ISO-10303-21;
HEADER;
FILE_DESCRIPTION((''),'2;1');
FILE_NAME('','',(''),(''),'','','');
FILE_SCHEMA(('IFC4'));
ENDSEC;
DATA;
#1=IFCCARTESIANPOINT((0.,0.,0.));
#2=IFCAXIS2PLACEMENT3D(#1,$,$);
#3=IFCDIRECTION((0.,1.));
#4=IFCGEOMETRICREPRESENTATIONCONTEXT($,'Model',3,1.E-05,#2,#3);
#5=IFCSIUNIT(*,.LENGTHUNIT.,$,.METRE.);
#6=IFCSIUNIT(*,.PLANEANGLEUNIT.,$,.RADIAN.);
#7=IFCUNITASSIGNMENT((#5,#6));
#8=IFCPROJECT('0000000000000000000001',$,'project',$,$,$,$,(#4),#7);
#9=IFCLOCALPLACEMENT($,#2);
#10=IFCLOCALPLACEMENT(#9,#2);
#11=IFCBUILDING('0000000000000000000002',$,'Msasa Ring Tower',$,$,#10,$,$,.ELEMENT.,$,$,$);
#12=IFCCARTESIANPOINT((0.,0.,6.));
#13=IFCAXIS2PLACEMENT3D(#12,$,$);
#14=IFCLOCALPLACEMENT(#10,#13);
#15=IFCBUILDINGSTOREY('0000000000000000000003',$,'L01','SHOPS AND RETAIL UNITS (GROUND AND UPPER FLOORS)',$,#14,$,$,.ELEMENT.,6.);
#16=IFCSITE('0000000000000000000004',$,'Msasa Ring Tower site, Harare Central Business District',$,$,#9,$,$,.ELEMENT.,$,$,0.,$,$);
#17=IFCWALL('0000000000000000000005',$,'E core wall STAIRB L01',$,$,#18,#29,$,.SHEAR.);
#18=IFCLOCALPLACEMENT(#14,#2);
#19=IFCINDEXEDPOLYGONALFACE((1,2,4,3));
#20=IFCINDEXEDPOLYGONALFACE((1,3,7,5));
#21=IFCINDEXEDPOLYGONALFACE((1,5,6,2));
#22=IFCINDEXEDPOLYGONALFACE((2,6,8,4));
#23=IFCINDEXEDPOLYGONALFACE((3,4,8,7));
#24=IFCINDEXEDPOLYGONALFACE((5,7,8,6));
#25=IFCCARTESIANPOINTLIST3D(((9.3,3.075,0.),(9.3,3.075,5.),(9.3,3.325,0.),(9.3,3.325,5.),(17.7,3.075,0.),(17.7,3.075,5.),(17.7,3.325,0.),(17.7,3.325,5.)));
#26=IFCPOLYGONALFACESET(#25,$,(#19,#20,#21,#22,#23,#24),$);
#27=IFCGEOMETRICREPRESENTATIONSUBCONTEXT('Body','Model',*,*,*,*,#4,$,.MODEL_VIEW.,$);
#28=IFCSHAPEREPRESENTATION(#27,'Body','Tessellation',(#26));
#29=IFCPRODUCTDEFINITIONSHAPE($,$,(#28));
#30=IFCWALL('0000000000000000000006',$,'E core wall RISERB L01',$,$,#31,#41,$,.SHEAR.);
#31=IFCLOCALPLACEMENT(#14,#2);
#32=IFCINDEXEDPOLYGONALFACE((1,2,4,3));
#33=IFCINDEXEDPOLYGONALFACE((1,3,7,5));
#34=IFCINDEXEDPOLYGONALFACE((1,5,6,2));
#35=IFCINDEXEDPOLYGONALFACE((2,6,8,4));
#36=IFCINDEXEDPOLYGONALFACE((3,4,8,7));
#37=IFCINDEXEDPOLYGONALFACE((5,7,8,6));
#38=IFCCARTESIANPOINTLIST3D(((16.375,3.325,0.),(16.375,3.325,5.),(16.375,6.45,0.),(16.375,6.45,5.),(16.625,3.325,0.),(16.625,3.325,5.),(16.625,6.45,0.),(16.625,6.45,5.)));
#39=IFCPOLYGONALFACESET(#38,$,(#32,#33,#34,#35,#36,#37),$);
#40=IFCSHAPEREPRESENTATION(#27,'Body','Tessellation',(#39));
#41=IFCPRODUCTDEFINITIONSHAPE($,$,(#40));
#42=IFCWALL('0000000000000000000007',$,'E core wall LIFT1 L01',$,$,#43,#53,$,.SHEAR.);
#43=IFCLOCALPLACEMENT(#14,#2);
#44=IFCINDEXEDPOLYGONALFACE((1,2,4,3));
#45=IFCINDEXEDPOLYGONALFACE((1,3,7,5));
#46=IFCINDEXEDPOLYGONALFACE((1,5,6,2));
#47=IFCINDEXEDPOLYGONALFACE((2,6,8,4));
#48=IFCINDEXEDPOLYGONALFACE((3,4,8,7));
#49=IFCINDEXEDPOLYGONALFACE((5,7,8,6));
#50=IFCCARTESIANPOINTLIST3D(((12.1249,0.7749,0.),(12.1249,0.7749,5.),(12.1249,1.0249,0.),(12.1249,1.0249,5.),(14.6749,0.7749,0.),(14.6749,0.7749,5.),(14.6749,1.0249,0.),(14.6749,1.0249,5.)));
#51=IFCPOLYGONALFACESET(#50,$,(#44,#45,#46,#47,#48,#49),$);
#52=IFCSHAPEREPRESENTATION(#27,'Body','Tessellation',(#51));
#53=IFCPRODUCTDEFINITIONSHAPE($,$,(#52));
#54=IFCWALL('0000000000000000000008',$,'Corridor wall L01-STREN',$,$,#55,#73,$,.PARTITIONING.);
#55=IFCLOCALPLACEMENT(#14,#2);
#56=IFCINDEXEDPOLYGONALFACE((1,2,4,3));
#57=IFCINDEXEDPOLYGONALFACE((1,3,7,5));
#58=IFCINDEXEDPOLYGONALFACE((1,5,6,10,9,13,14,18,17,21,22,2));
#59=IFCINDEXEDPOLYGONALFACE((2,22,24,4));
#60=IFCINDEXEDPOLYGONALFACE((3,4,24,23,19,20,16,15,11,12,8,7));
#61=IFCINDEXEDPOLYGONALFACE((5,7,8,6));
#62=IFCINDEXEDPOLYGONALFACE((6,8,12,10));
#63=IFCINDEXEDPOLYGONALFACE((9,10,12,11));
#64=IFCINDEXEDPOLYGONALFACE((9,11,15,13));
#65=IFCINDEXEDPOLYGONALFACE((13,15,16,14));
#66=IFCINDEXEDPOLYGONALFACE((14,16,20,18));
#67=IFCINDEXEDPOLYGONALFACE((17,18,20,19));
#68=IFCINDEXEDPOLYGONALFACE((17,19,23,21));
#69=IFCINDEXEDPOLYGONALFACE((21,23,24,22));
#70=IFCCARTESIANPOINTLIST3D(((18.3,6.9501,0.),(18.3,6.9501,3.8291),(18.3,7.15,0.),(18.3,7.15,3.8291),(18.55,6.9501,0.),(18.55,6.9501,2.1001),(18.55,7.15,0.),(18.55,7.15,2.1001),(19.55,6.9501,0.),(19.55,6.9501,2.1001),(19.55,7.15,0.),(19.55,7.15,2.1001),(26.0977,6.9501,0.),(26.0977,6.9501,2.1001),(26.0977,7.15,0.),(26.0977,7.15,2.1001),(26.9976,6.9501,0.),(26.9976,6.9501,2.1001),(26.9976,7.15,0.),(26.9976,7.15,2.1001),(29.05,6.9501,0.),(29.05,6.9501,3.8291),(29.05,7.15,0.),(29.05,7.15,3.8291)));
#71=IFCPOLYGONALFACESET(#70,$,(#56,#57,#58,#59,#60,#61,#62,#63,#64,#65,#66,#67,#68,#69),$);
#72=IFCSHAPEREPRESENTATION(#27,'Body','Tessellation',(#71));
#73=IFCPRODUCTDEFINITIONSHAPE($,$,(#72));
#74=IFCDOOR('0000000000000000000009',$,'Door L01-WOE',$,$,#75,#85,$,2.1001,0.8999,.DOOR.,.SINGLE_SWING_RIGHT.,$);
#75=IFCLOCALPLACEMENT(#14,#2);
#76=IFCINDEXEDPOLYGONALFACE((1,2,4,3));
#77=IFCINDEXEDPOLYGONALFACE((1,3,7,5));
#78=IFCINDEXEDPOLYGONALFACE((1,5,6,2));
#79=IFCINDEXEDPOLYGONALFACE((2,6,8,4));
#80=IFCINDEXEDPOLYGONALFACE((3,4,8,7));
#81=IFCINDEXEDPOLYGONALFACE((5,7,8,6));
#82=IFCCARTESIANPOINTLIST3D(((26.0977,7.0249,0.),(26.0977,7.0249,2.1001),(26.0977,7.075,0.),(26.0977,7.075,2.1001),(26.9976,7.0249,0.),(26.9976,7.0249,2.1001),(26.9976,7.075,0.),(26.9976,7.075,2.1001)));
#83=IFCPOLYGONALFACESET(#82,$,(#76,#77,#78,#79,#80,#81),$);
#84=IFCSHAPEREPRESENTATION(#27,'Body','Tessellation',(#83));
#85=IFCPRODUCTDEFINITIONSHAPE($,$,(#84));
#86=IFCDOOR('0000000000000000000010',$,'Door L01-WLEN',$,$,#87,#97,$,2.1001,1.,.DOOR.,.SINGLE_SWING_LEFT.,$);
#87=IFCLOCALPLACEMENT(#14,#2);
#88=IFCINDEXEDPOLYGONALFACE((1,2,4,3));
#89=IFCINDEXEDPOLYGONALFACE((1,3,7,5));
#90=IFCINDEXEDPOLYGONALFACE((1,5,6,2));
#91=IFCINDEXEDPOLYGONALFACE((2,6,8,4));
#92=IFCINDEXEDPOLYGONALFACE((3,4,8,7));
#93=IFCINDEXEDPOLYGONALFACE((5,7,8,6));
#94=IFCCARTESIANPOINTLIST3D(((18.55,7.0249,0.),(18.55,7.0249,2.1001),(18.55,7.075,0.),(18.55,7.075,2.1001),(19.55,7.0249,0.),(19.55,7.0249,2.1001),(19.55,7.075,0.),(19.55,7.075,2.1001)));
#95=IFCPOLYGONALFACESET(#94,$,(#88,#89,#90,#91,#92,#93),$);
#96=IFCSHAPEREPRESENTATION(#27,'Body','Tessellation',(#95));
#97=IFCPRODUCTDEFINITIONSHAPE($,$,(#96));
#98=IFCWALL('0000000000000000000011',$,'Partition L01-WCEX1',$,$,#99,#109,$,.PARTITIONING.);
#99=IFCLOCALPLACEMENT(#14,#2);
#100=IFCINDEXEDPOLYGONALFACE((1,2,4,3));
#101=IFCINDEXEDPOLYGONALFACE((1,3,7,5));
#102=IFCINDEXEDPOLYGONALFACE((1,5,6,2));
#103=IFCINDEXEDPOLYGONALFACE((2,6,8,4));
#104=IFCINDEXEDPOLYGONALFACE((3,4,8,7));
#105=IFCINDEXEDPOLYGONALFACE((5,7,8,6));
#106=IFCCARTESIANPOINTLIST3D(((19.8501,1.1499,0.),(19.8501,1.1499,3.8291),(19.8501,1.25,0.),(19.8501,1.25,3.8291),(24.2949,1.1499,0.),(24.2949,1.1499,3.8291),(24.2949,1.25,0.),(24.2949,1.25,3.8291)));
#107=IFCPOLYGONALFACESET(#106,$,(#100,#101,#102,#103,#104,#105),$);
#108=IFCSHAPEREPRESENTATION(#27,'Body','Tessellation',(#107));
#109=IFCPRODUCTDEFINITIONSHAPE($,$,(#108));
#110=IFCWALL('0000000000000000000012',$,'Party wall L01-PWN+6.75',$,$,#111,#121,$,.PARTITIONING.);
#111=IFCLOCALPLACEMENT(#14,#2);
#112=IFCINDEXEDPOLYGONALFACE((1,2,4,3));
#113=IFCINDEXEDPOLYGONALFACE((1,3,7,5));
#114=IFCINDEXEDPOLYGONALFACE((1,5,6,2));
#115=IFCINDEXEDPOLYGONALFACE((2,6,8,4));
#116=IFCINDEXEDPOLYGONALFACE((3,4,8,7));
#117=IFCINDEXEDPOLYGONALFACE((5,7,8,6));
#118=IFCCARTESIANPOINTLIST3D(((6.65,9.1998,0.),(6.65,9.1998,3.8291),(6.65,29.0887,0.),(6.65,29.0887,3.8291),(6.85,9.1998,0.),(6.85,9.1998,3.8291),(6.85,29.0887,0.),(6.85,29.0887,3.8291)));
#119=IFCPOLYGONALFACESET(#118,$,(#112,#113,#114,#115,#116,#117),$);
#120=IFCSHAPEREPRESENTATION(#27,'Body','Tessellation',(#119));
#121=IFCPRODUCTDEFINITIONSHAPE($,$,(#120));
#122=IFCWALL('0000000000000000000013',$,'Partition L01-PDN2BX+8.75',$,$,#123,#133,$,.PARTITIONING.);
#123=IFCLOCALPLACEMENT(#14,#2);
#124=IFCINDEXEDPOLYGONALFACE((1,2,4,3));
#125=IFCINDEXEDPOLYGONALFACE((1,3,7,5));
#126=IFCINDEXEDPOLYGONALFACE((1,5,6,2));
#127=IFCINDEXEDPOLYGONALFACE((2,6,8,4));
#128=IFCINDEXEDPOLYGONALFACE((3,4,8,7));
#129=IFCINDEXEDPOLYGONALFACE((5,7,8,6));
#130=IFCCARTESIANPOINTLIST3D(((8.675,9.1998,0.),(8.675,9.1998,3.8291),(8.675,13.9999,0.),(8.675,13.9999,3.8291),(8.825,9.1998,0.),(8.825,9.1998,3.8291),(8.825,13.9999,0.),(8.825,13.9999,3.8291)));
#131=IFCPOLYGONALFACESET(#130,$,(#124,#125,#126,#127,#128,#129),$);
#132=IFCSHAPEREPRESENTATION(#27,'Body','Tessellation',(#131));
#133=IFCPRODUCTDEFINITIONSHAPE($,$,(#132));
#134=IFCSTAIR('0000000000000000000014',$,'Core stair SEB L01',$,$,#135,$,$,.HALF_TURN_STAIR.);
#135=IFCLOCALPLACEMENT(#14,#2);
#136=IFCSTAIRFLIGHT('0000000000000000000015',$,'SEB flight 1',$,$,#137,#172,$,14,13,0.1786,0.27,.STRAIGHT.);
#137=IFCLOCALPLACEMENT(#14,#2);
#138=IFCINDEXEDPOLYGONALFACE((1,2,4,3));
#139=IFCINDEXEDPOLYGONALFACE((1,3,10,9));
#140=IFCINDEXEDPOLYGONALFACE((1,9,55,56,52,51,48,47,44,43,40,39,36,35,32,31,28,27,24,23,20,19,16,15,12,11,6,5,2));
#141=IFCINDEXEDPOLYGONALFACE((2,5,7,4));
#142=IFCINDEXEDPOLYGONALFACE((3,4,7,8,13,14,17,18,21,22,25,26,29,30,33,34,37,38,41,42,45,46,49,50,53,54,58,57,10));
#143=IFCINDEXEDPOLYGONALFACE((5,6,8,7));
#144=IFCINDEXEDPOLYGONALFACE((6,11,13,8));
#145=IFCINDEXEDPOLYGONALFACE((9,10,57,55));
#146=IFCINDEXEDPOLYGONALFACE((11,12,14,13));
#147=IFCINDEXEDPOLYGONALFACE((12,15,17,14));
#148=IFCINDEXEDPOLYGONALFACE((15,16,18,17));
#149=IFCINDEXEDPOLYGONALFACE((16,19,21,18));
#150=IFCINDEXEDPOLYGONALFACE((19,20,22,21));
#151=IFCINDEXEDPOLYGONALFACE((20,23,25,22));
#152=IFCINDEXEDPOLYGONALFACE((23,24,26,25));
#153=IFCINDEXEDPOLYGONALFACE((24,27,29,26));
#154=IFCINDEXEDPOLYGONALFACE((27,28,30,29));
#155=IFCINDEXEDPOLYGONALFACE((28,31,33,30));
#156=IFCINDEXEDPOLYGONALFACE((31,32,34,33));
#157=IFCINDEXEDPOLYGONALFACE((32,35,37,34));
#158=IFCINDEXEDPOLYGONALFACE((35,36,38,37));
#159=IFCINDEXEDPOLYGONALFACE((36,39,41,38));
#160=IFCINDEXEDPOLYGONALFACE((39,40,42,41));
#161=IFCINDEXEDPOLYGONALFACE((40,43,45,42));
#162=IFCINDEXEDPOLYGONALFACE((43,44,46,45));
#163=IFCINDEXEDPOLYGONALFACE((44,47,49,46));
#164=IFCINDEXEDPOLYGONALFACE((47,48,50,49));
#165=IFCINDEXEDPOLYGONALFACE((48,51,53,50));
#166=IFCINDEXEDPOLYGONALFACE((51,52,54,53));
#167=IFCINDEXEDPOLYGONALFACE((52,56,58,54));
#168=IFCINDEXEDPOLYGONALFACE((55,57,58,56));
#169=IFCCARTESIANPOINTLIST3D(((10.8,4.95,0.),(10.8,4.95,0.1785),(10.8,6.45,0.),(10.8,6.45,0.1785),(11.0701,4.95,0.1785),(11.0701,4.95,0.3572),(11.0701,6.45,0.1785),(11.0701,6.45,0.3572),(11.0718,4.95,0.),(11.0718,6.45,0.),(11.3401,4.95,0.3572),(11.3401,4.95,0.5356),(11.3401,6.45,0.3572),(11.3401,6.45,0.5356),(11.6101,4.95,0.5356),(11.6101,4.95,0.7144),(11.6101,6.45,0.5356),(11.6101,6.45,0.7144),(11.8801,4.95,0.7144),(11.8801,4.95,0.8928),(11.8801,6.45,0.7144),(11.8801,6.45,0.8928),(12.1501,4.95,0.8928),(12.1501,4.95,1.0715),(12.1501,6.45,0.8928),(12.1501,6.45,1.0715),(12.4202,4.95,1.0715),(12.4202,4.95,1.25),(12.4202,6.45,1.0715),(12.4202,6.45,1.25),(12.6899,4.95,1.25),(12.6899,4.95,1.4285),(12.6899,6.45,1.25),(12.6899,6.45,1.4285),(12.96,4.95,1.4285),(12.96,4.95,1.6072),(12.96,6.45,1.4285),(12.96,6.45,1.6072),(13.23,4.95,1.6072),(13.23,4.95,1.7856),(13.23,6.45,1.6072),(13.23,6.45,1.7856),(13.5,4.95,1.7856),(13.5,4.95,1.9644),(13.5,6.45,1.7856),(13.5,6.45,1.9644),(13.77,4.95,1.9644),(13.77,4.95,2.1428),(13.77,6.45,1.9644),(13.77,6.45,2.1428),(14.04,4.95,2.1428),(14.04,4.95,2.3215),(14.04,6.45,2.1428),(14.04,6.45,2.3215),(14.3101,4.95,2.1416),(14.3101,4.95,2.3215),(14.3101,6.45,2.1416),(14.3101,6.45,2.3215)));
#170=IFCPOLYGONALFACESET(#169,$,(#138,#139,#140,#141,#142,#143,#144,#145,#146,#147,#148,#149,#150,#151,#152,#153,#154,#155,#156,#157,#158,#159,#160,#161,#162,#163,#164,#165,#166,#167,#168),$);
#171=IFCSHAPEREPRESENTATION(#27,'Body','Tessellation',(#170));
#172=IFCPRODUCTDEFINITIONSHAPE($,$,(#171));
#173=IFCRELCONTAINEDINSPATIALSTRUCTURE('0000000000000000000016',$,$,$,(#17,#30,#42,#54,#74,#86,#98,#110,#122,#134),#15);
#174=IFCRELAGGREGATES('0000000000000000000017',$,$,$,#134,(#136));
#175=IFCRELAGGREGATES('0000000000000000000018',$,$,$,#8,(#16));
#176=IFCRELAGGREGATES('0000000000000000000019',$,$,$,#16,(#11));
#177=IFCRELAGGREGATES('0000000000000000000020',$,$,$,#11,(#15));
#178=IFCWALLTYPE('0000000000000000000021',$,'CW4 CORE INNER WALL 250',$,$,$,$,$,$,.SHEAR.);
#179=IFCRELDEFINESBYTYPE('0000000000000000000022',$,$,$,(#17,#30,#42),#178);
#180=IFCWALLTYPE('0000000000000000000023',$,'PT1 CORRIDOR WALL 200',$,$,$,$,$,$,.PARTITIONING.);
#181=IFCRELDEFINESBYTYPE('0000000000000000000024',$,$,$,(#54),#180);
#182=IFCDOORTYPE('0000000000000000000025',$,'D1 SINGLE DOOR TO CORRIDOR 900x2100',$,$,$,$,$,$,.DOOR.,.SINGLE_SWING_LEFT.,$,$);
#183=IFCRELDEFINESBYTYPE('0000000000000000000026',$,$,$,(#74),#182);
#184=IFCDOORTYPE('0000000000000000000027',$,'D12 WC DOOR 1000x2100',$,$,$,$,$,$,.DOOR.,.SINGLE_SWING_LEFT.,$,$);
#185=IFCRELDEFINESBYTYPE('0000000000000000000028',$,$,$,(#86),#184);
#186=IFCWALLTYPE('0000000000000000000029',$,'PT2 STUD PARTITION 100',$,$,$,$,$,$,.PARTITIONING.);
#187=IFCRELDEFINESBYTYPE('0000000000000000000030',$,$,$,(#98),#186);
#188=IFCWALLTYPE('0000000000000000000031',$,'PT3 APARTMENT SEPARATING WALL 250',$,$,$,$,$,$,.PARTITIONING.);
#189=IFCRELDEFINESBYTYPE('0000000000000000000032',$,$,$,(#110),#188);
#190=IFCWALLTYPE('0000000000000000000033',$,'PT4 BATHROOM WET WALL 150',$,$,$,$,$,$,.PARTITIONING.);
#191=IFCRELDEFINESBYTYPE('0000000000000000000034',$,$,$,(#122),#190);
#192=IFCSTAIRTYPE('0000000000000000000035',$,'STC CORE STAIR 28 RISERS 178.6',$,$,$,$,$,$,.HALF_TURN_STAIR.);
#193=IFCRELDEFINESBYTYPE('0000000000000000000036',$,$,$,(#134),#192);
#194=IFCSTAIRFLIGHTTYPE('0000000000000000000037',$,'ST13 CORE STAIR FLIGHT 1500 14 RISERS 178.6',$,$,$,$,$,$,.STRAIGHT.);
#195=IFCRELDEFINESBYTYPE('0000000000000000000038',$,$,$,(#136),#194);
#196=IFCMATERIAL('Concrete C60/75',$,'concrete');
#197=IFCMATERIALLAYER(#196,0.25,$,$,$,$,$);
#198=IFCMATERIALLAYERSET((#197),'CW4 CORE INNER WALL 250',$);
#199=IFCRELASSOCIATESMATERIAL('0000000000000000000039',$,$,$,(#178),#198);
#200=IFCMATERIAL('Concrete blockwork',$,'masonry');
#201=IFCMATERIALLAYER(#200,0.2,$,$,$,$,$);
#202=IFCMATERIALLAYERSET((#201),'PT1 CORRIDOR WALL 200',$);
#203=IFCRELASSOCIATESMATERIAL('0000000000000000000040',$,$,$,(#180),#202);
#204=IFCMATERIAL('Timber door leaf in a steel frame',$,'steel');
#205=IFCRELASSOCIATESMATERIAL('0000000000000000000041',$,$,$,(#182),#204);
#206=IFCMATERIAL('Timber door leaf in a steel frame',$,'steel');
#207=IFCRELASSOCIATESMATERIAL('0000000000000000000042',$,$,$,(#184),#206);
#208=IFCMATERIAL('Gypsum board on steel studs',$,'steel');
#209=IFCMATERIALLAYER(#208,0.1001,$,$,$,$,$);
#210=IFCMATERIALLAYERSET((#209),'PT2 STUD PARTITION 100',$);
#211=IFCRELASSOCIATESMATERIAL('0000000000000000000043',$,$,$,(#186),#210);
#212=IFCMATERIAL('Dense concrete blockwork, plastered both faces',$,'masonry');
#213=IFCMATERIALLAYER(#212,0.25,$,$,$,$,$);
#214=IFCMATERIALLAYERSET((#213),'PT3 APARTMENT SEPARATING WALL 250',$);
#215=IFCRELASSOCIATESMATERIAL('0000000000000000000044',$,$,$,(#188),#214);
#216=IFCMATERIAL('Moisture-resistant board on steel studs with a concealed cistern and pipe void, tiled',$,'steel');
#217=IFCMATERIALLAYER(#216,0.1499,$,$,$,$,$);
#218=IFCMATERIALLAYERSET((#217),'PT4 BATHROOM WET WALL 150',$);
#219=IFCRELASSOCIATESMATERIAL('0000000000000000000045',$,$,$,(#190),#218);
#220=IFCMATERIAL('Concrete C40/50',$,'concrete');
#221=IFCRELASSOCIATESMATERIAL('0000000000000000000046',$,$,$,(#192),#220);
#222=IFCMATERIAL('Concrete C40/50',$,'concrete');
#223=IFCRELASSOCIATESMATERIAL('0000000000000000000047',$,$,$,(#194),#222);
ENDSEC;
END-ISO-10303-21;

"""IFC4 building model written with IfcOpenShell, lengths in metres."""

from ifc_helpers import new_model, si_unit, direction, frame, frame_2d, origin, place, context, subcontext, project, spatial, polyline, rectangle, outline, extrude, material, layer, layer_set, type_object, element, fill, aggregate, save


model = new_model("IFC4")

# Units and contexts
model_context = context("Model", 3, precision=1e-05, world=origin(), true_north=direction((0.0, 1.0)))
body_context = subcontext(model_context, "Body", "Model", "MODEL_VIEW")
ifc_project = project(units=[si_unit("LENGTHUNIT", "METRE"), si_unit("PLANEANGLEUNIT", "RADIAN")], contexts=[model_context])

# Site, building, storey
site_placement = place(None, origin())
site = spatial("IfcSite", under=ifc_project, at=site_placement, Name="Msasa Ring Tower site, Harare Central Business District", CompositionType="ELEMENT", RefElevation=0.0)
building_placement = place(site_placement, origin())
building = spatial("IfcBuilding", under=site, at=building_placement, Name="Msasa Ring Tower", CompositionType="ELEMENT")
storey_placement = place(building_placement, frame((0.0, 0.0, 6.0)))
storey = spatial("IfcBuildingStorey", under=building, at=storey_placement, Name="L01", Description="SHOPS AND RETAIL UNITS (GROUND AND UPPER FLOORS)", CompositionType="ELEMENT", Elevation=6.0)

# Walls
ifc_material_1 = material(Name="Concrete C60/75", Category="concrete")
ifc_layer_1 = layer(ifc_material_1, 0.25)
ifc_layer_set_1 = layer_set([ifc_layer_1], Name="CW4 CORE INNER WALL 250")
wall_type_1 = type_object("IfcWallType", Name="CW4 CORE INNER WALL 250", PredefinedType="SHEAR", material=ifc_layer_set_1)
wall_1_placement = place(storey_placement, frame((9.3, 3.2, 0.0), z_axis=(0.0, 0.0, 1.0), x_axis=(1.0, 0.0, 0.0)))
element("IfcWall", 1, at=wall_1_placement, inside=storey, type_object=wall_type_1, Name="E core wall STAIRB L01", PredefinedType="SHEAR", context=body_context, shape_type="SweptSolid", body=[
    extrude(rectangle(XDim=8.3999, YDim=0.25, at=frame_2d((4.2, 0.0))), origin(), (0.0, 0.0, 1.0), 5.0),
])
wall_2_placement = place(storey_placement, frame((16.5, 3.325, 0.0), z_axis=(0.0, 0.0, 1.0), x_axis=(0.0, 1.0, 0.0)))
element("IfcWall", 2, at=wall_2_placement, inside=storey, type_object=wall_type_1, Name="E core wall RISERB L01", PredefinedType="SHEAR", context=body_context, shape_type="SweptSolid", body=[
    extrude(rectangle(XDim=3.125, YDim=0.25, at=frame_2d((1.5625, 0.0))), origin(), (0.0, 0.0, 1.0), 5.0),
])
wall_3_placement = place(storey_placement, frame((12.125, 0.8999, 0.0), z_axis=(0.0, 0.0, 1.0), x_axis=(1.0, 0.0, 0.0)))
element("IfcWall", 3, at=wall_3_placement, inside=storey, type_object=wall_type_1, Name="E core wall LIFT1 L01", PredefinedType="SHEAR", context=body_context, shape_type="SweptSolid", body=[
    extrude(rectangle(XDim=2.55, YDim=0.25, at=frame_2d((1.2749, 0.0))), origin(), (0.0, 0.0, 1.0), 5.0),
])

# Wall, openings, doors
ifc_material_2 = material(Name="Concrete blockwork", Category="masonry")
ifc_layer_2 = layer(ifc_material_2, 0.2)
ifc_layer_set_2 = layer_set([ifc_layer_2], Name="PT1 CORRIDOR WALL 200")
wall_type_2 = type_object("IfcWallType", Name="PT1 CORRIDOR WALL 200", PredefinedType="PARTITIONING", material=ifc_layer_set_2)
wall_4_placement = place(storey_placement, frame((18.3, 7.05, 0.0), z_axis=(0.0, 0.0, 1.0), x_axis=(1.0, 0.0, 0.0)))
wall_4 = element("IfcWall", 4, at=wall_4_placement, inside=storey, type_object=wall_type_2, Name="Corridor wall L01-STREN", PredefinedType="PARTITIONING", context=body_context, shape_type="SweptSolid", body=[
    extrude(rectangle(XDim=10.75, YDim=0.2, at=frame_2d((5.375, 0.0))), origin(), (0.0, 0.0, 1.0), 3.8291),
])
opening_1_placement = place(wall_4_placement, frame((7.7976, 0.0, 0.0)))
opening_1 = element("IfcOpeningElement", 5, at=opening_1_placement, cuts=wall_4, PredefinedType="OPENING", context=body_context, shape_type="SweptSolid", body=[
    extrude(rectangle(XDim=0.8999, YDim=2.1001, at=frame_2d((0.45, 1.05))), frame((0.0, 0.1099, 0.0), z_axis=(0.0, -1.0, 0.0), x_axis=(1.0, 0.0, 0.0)), (0.0, 0.0, 1.0), 0.22),
])
opening_2_placement = place(wall_4_placement, frame((0.25, 0.0, 0.0)))
opening_2 = element("IfcOpeningElement", 6, at=opening_2_placement, cuts=wall_4, PredefinedType="OPENING", context=body_context, shape_type="SweptSolid", body=[
    extrude(rectangle(XDim=1.0, YDim=2.1001, at=frame_2d((0.5, 1.05))), frame((0.0, 0.1099, 0.0), z_axis=(0.0, -1.0, 0.0), x_axis=(1.0, 0.0, 0.0)), (0.0, 0.0, 1.0), 0.22),
])
ifc_material_3 = material(Name="Timber door leaf in a steel frame", Category="steel")
door_type_1 = type_object("IfcDoorType", Name="D1 SINGLE DOOR TO CORRIDOR 900x2100", OperationType="SINGLE_SWING_LEFT", PredefinedType="DOOR", material=ifc_material_3)
door_1_placement = place(opening_1_placement, origin())
door_1 = element("IfcDoor", 7, at=door_1_placement, inside=storey, type_object=door_type_1, Name="Door L01-WOE", OperationType="SINGLE_SWING_RIGHT", OverallHeight=2.1001, OverallWidth=0.8999, PredefinedType="DOOR", context=body_context, shape_type="SweptSolid", body=[
    extrude(rectangle(XDim=0.8999, YDim=2.1001, at=frame_2d((0.45, 1.05))), frame((0.0, 0.0249, 0.0), z_axis=(0.0, -1.0, 0.0), x_axis=(1.0, 0.0, 0.0)), (0.0, 0.0, 1.0), 0.05),
])
fill(opening_1, door_1)
ifc_material_4 = material(Name="Timber door leaf in a steel frame", Category="steel")
door_type_2 = type_object("IfcDoorType", Name="D12 WC DOOR 1000x2100", OperationType="SINGLE_SWING_LEFT", PredefinedType="DOOR", material=ifc_material_4)
door_2_placement = place(opening_2_placement, origin())
door_2 = element("IfcDoor", 8, at=door_2_placement, inside=storey, type_object=door_type_2, Name="Door L01-WLEN", OperationType="SINGLE_SWING_LEFT", OverallHeight=2.1001, OverallWidth=1.0, PredefinedType="DOOR", context=body_context, shape_type="SweptSolid", body=[
    extrude(rectangle(XDim=1.0, YDim=2.1001, at=frame_2d((0.5, 1.05))), frame((0.0, 0.0249, 0.0), z_axis=(0.0, -1.0, 0.0), x_axis=(1.0, 0.0, 0.0)), (0.0, 0.0, 1.0), 0.05),
])
fill(opening_2, door_2)

# Walls
ifc_material_5 = material(Name="Gypsum board on steel studs", Category="steel")
ifc_layer_3 = layer(ifc_material_5, 0.1001)
ifc_layer_set_3 = layer_set([ifc_layer_3], Name="PT2 STUD PARTITION 100")
wall_type_3 = type_object("IfcWallType", Name="PT2 STUD PARTITION 100", PredefinedType="PARTITIONING", material=ifc_layer_set_3)
wall_5_placement = place(storey_placement, frame((19.8501, 1.2, 0.0), z_axis=(0.0, 0.0, 1.0), x_axis=(1.0, 0.0, 0.0)))
element("IfcWall", 9, at=wall_5_placement, inside=storey, type_object=wall_type_3, Name="Partition L01-WCEX1", PredefinedType="PARTITIONING", context=body_context, shape_type="SweptSolid", body=[
    extrude(rectangle(XDim=4.4448, YDim=0.1001, at=frame_2d((2.2224, 0.0))), origin(), (0.0, 0.0, 1.0), 3.8291),
])
ifc_material_6 = material(Name="Dense concrete blockwork, plastered both faces", Category="masonry")
ifc_layer_4 = layer(ifc_material_6, 0.25)
ifc_layer_set_4 = layer_set([ifc_layer_4], Name="PT3 APARTMENT SEPARATING WALL 250")
wall_type_4 = type_object("IfcWallType", Name="PT3 APARTMENT SEPARATING WALL 250", PredefinedType="PARTITIONING", material=ifc_layer_set_4)
wall_6_placement = place(storey_placement, frame((6.75, 9.2, 0.0), z_axis=(0.0, 0.0, 1.0), x_axis=(0.0, 1.0, 0.0)))
element("IfcWall", 10, at=wall_6_placement, inside=storey, type_object=wall_type_4, Name="Party wall L01-PWN+6.75", PredefinedType="PARTITIONING", context=body_context, shape_type="SweptSolid", body=[
    extrude(rectangle(XDim=19.8889, YDim=0.2, at=frame_2d((9.9443, 0.0))), origin(), (0.0, 0.0, 1.0), 3.8291),
])
ifc_material_7 = material(Name="Moisture-resistant board on steel studs with a concealed cistern and pipe void, tiled", Category="steel")
ifc_layer_5 = layer(ifc_material_7, 0.1499)
ifc_layer_set_5 = layer_set([ifc_layer_5], Name="PT4 BATHROOM WET WALL 150")
wall_type_5 = type_object("IfcWallType", Name="PT4 BATHROOM WET WALL 150", PredefinedType="PARTITIONING", material=ifc_layer_set_5)
wall_7_placement = place(storey_placement, frame((8.75, 9.2, 0.0), z_axis=(0.0, 0.0, 1.0), x_axis=(0.0, 1.0, 0.0)))
element("IfcWall", 11, at=wall_7_placement, inside=storey, type_object=wall_type_5, Name="Partition L01-PDN2BX+8.75", PredefinedType="PARTITIONING", context=body_context, shape_type="SweptSolid", body=[
    extrude(rectangle(XDim=4.8, YDim=0.1499, at=frame_2d((2.3999, 0.0))), origin(), (0.0, 0.0, 1.0), 3.8291),
])

# Stair, stair flight
ifc_material_8 = material(Name="Concrete C40/50", Category="concrete")
stair_type = type_object("IfcStairType", Name="STC CORE STAIR 28 RISERS 178.6", PredefinedType="HALF_TURN_STAIR", material=ifc_material_8)
stair_placement = place(storey_placement, origin())
stair = element("IfcStair", 12, at=stair_placement, inside=storey, type_object=stair_type, Name="Core stair SEB L01", PredefinedType="HALF_TURN_STAIR")
ifc_material_9 = material(Name="Concrete C40/50", Category="concrete")
stair_flight_type = type_object("IfcStairFlightType", Name="ST13 CORE STAIR FLIGHT 1500 14 RISERS 178.6", PredefinedType="STRAIGHT", material=ifc_material_9)
stair_flight_1_placement = place(storey_placement, frame((10.8, 5.7, 0.0), z_axis=(0.0, 0.0, 1.0), x_axis=(1.0, 0.0, 0.0)))
stair_flight_1 = element("IfcStairFlight", 13, at=stair_flight_1_placement, type_object=stair_flight_type, Name="SEB flight 1", NumberOfRisers=14, NumberOfTreads=13, PredefinedType="STRAIGHT", RiserHeight=0.1786, TreadLength=0.27, context=body_context, shape_type="SweptSolid", body=[
    extrude(outline(polyline([(0.0, 0.0), (0.0, 0.1785), (0.27, 0.1785), (0.27, 0.3572), (0.54, 0.3572), (0.54, 0.5356), (0.8101, 0.5356), (0.8101, 0.7144), (1.0801, 0.7144), (1.0801, 0.8928), (1.3501, 0.8928), (1.3501, 1.0715), (1.6201, 1.0715), (1.6201, 1.25), (1.8899, 1.25), (1.8899, 1.4285), (2.1599, 1.4285), (2.1599, 1.6072), (2.4299, 1.6072), (2.4299, 1.7856), (2.7, 1.7856), (2.7, 1.9644), (2.97, 1.9644), (2.97, 2.1428), (3.24, 2.1428), (3.24, 2.3215), (3.51, 2.3215), (3.51, 2.5), (3.51, 2.1416), (0.2717, 0.0), (0.0, 0.0)])), frame((0.0, 0.75, 0.0), z_axis=(0.0, -1.0, 0.0), x_axis=(1.0, 0.0, 0.0)), (0.0, 0.0, 1.0), 1.5),
])
aggregate(stair, [stair_flight_1])

save(model, "model.ifc")
